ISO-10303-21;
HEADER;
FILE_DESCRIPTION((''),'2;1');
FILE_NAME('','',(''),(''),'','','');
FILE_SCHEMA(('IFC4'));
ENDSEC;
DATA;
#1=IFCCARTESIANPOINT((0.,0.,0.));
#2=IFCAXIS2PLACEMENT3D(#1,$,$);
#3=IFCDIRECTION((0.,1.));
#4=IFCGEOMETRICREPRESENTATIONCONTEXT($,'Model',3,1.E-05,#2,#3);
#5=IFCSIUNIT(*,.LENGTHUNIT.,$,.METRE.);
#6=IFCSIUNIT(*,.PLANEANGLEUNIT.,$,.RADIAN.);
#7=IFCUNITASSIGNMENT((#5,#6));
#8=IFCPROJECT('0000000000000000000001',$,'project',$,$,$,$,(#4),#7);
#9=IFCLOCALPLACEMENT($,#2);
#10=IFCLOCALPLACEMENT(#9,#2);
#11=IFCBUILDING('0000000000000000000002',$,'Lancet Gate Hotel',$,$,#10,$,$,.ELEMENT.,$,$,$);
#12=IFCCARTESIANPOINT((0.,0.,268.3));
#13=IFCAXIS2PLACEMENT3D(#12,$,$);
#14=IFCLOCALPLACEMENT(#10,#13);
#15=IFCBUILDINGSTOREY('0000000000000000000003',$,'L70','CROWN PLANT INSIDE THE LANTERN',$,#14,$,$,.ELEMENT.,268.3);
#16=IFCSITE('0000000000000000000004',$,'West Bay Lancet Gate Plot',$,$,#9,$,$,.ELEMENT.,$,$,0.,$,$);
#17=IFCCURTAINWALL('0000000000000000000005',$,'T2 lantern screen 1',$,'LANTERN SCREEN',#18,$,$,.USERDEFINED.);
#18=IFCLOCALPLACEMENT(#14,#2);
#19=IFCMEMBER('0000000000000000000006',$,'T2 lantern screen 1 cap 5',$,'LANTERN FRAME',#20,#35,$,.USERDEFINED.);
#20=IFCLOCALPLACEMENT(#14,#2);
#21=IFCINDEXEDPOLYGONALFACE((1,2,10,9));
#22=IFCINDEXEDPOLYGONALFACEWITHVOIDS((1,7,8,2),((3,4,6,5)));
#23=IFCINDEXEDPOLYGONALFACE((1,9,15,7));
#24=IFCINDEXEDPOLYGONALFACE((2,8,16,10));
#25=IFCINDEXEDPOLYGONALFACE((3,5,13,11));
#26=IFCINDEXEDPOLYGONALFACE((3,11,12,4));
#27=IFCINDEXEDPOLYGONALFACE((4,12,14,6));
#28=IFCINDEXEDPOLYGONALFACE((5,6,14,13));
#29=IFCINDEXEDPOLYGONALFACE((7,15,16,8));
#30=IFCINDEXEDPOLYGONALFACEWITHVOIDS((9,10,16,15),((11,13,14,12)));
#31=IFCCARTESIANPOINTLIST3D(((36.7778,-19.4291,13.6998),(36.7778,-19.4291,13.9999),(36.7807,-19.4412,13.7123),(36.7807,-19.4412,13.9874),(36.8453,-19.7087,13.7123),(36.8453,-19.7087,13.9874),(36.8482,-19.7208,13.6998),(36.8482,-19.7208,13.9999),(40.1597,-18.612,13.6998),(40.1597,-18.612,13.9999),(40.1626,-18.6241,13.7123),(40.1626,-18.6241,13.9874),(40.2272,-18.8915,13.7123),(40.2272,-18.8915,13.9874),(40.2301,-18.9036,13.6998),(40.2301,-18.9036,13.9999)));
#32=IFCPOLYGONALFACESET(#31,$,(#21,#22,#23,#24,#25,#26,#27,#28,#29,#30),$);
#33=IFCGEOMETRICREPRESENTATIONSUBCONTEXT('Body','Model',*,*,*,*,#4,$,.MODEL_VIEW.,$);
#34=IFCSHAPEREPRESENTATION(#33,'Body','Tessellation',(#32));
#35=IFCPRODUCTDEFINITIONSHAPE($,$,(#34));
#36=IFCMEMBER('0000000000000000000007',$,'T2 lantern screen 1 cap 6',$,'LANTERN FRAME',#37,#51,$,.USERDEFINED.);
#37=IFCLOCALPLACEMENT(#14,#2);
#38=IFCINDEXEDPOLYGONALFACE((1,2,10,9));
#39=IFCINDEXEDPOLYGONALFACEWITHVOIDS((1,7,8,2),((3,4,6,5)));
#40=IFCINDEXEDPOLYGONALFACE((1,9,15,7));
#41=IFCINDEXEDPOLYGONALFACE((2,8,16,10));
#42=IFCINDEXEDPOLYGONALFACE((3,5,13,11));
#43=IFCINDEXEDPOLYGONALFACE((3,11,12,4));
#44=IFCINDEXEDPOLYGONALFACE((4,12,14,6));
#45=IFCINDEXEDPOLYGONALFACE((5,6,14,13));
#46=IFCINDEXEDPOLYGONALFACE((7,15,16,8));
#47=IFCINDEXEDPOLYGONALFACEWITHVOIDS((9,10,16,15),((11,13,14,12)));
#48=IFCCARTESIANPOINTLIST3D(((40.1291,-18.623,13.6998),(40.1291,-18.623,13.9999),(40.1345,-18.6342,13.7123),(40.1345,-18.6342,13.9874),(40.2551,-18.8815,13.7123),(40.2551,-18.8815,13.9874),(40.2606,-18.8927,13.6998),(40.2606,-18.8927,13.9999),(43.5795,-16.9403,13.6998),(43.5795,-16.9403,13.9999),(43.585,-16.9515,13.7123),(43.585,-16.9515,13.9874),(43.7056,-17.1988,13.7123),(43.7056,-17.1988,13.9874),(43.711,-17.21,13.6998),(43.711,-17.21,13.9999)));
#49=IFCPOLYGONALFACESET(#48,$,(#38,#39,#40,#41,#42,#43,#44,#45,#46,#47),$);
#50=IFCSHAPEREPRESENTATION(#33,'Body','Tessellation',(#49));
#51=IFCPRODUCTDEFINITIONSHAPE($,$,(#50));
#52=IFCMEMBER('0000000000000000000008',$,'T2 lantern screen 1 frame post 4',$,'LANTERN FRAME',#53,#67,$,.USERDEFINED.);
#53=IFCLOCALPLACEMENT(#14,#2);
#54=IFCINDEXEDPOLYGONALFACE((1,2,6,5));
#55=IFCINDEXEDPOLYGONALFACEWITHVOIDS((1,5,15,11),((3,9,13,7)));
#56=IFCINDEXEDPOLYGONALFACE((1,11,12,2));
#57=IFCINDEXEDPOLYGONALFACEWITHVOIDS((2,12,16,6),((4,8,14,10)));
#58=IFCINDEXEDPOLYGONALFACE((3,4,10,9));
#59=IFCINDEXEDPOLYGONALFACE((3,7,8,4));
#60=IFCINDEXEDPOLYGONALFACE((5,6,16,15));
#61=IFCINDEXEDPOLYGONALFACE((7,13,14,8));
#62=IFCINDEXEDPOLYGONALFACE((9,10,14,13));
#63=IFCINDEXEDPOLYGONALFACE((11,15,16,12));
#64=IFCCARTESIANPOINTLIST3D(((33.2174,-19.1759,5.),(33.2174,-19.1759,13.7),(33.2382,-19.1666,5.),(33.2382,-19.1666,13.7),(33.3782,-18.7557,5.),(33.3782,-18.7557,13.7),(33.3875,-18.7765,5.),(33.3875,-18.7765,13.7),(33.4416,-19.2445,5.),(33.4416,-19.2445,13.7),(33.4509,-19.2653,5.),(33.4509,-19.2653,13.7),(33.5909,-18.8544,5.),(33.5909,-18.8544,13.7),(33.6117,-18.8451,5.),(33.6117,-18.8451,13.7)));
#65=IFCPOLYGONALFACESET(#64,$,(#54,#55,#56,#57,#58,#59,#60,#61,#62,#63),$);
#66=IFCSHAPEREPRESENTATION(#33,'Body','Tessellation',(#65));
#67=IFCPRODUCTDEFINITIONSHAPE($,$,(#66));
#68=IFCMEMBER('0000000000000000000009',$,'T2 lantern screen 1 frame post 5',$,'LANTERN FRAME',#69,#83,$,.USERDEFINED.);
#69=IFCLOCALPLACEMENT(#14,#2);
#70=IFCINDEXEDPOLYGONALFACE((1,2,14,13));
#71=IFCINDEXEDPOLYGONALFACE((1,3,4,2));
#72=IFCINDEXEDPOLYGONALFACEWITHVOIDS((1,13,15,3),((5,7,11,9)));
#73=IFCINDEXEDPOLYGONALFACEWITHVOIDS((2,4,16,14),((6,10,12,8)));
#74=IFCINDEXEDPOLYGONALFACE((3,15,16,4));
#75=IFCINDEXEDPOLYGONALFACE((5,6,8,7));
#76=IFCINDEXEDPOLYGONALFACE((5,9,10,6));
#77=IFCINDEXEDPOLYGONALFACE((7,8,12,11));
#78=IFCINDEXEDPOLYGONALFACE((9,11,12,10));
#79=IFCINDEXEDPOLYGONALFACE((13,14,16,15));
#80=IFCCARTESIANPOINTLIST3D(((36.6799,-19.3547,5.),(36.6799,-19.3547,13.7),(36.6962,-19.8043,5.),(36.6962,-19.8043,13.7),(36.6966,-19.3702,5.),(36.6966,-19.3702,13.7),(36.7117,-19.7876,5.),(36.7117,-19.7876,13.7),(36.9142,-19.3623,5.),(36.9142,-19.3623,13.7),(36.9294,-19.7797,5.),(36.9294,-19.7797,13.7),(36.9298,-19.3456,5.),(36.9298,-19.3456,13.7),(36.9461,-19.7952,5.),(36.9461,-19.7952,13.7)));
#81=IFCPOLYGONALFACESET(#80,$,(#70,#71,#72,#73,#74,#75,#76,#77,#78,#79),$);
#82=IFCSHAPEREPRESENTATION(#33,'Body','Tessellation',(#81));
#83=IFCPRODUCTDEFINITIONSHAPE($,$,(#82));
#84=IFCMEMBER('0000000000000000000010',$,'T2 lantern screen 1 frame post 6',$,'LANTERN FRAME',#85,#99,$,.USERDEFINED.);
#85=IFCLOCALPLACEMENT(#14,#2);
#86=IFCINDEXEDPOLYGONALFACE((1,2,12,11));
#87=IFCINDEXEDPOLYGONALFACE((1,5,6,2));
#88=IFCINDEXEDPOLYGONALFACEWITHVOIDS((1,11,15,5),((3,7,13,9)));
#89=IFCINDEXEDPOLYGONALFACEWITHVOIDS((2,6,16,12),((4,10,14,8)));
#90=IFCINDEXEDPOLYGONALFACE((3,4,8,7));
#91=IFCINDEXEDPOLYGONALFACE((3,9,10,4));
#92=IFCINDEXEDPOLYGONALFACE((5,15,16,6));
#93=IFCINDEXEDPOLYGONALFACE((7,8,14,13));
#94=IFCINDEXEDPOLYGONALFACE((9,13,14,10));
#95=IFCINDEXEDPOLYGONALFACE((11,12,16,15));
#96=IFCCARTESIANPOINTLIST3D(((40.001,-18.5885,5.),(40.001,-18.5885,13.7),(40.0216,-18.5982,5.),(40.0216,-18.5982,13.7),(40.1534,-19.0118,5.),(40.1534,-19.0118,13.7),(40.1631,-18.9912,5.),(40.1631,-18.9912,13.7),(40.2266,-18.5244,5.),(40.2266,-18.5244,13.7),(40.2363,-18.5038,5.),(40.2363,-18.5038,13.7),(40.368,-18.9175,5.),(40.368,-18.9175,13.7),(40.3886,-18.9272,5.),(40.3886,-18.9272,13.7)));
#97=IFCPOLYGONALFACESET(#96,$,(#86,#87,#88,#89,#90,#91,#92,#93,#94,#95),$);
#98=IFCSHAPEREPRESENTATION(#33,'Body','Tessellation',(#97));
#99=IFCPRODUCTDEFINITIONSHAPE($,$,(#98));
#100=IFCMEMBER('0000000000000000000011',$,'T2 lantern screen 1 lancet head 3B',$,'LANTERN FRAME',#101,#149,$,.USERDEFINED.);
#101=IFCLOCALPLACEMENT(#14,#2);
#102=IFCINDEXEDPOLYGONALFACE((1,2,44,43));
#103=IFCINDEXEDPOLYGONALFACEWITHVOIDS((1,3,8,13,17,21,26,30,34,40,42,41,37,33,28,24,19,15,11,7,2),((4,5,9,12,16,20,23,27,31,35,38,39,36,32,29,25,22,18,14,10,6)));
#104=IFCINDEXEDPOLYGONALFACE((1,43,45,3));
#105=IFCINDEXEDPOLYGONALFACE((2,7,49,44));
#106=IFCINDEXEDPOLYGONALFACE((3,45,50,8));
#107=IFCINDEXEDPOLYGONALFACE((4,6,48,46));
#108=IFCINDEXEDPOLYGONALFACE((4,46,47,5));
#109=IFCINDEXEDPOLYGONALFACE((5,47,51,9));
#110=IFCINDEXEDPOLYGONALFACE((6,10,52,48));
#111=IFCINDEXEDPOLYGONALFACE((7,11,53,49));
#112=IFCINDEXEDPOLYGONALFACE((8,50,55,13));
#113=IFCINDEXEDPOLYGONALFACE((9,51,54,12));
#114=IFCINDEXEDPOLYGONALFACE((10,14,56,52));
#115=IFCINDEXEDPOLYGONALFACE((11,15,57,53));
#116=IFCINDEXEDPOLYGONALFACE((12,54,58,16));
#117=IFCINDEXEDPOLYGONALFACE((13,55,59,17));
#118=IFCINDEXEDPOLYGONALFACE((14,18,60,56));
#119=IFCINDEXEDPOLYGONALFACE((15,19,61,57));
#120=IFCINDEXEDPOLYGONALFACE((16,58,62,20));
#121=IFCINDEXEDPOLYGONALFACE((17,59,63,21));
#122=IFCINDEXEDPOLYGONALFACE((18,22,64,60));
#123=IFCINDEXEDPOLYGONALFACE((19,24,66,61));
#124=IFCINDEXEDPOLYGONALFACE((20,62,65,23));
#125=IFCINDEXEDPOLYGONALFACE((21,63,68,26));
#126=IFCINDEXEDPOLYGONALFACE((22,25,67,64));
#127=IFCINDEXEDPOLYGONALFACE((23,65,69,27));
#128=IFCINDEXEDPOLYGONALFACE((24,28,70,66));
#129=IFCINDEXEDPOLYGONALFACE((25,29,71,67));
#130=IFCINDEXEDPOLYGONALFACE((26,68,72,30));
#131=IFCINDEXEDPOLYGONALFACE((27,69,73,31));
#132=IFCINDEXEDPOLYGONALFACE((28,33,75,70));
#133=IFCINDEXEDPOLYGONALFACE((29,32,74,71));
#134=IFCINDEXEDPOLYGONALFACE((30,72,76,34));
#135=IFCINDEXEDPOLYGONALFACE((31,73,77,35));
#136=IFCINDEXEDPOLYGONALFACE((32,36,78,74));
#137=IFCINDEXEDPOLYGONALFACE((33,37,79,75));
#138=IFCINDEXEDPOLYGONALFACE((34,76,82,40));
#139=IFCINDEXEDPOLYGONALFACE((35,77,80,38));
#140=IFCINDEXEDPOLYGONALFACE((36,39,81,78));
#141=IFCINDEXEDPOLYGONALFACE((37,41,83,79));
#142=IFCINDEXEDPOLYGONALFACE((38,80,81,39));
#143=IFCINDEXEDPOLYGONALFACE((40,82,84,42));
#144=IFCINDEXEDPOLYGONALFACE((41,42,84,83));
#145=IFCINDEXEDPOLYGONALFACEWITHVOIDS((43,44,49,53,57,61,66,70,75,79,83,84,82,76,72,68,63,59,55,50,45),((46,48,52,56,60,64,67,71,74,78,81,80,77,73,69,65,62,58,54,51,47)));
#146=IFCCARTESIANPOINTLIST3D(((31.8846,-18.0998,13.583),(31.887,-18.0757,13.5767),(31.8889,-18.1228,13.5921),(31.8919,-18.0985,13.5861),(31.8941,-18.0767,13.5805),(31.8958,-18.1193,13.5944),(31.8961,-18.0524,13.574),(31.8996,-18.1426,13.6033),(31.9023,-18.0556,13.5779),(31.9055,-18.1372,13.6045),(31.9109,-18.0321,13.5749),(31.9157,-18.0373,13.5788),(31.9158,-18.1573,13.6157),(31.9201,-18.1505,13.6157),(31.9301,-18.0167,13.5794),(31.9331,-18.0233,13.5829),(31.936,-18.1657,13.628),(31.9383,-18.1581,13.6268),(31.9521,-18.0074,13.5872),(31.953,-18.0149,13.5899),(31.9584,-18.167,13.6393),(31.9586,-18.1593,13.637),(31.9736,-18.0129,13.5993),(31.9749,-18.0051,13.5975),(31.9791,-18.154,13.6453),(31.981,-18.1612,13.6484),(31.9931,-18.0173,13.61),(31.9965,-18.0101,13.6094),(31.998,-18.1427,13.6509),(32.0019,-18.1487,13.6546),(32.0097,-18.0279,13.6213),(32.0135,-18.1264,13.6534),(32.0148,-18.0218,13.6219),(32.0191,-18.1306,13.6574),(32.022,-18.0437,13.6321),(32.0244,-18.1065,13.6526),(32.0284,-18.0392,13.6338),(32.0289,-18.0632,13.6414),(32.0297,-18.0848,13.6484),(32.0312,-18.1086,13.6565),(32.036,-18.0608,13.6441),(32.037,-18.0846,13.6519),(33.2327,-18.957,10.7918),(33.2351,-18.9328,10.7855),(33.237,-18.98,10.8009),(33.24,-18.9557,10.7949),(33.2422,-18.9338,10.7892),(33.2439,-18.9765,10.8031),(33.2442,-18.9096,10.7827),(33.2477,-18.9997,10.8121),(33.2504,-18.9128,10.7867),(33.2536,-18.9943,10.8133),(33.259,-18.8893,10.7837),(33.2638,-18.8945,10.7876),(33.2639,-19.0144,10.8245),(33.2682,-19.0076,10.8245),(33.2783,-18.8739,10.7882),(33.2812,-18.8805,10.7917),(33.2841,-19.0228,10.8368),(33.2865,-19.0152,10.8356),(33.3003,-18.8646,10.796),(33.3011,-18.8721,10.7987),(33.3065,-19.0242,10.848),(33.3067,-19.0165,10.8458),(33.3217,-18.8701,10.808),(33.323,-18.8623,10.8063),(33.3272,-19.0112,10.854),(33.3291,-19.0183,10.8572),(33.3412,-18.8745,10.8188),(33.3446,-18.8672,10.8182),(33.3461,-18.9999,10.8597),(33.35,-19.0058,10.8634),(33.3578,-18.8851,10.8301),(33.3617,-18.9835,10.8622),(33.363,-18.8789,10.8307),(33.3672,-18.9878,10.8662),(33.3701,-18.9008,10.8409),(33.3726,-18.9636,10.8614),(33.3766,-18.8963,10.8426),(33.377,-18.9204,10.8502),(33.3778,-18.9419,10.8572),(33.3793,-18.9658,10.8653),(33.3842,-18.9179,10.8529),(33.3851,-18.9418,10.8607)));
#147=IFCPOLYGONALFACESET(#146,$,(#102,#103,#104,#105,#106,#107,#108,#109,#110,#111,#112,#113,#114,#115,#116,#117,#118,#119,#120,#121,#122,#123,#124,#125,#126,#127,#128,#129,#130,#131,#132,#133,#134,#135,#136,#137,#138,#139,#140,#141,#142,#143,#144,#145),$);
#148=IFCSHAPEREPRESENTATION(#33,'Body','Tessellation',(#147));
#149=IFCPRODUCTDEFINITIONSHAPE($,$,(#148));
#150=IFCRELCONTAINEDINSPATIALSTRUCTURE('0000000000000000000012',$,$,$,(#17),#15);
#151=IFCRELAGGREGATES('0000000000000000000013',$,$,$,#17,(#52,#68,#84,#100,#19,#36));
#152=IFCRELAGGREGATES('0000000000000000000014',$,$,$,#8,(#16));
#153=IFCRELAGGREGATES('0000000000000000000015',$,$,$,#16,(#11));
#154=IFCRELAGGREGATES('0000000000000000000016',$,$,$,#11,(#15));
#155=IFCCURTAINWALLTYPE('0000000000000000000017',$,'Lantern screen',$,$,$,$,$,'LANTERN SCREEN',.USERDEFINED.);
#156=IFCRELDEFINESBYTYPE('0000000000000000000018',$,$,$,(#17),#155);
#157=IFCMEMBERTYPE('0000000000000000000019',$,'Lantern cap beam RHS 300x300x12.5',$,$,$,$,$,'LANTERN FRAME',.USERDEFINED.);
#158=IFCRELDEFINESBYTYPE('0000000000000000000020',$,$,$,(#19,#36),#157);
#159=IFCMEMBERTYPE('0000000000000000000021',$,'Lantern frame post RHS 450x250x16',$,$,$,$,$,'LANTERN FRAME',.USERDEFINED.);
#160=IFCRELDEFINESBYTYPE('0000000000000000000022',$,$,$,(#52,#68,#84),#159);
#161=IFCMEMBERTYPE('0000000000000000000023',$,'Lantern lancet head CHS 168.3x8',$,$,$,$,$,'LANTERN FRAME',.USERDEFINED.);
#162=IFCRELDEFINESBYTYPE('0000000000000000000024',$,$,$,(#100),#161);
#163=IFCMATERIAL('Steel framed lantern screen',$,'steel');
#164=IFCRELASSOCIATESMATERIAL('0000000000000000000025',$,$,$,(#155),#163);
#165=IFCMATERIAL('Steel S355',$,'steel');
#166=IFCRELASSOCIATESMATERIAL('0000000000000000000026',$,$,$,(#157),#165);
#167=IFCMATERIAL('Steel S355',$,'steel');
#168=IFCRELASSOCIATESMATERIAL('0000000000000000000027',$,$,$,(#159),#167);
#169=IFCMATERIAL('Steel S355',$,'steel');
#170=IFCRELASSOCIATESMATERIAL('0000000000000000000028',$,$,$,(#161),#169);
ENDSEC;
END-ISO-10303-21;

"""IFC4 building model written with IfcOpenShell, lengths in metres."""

from ifc_helpers import new_model, si_unit, direction, frame, origin, origin_2d, place, context, subcontext, project, spatial, hollow_rectangle, hollow_circle, extrude, material, material_profile, profile_set, type_object, element, aggregate, save


model = new_model("IFC4")

# Units and contexts
model_context = context("Model", 3, precision=1e-05, world=origin(), true_north=direction((0.0, 1.0)))
body_context = subcontext(model_context, "Body", "Model", "MODEL_VIEW")
ifc_project = project(units=[si_unit("LENGTHUNIT", "METRE"), si_unit("PLANEANGLEUNIT", "RADIAN")], contexts=[model_context])

# Site, building, storey
site_placement = place(None, origin())
site = spatial("IfcSite", under=ifc_project, at=site_placement, Name="West Bay Lancet Gate Plot", CompositionType="ELEMENT", RefElevation=0.0)
building_placement = place(site_placement, origin())
building = spatial("IfcBuilding", under=site, at=building_placement, Name="Lancet Gate Hotel", CompositionType="ELEMENT")
storey_placement = place(building_placement, frame((0.0, 0.0, 268.3)))
storey = spatial("IfcBuildingStorey", under=building, at=storey_placement, Name="L70", Description="CROWN PLANT INSIDE THE LANTERN", CompositionType="ELEMENT", Elevation=268.3)

# Curtain wall, members
ifc_material_1 = material(Name="Steel framed lantern screen", Category="steel")
curtain_wall_type_1 = type_object("IfcCurtainWallType", Name="Lantern screen", ElementType="LANTERN SCREEN", PredefinedType="USERDEFINED", material=ifc_material_1)
curtain_wall_1_placement = place(storey_placement, origin())
curtain_wall_1 = element("IfcCurtainWall", 1, at=curtain_wall_1_placement, inside=storey, type_object=curtain_wall_type_1, Name="T2 lantern screen 1", ObjectType="LANTERN SCREEN", PredefinedType="USERDEFINED")
ifc_material_2 = material(Name="Steel S355", Category="steel")
ifc_material_profile_1 = material_profile(ifc_material_2, hollow_rectangle(XDim=0.3, YDim=0.3, WallThickness=0.0125, at=origin_2d()), Name="RHS 300x300x12.5")
ifc_profile_set_1 = profile_set([ifc_material_profile_1], Name="Steel S355")
member_type_1 = type_object("IfcMemberType", Name="Lantern cap beam RHS 300x300x12.5", ElementType="LANTERN FRAME", PredefinedType="USERDEFINED", material=ifc_profile_set_1)
member_1_placement = place(storey_placement, frame((36.813, -19.575, 13.8499), z_axis=(0.972028, 0.234867, 0.0), x_axis=(-0.234867, 0.972028, 0.0)))
member_1 = element("IfcMember", 2, at=member_1_placement, type_object=member_type_1, Name="T2 lantern screen 1 cap 5", ObjectType="LANTERN FRAME", PredefinedType="USERDEFINED", context=body_context, shape_type="SweptSolid", body=[
    extrude(hollow_rectangle(XDim=0.3, YDim=0.3, WallThickness=0.0125, at=origin_2d()), origin(), (0.0, 0.0, 1.0), 3.4792),
])
member_2_placement = place(storey_placement, frame((40.1948, -18.7578, 13.8499), z_axis=(0.898822, 0.438313, 0.0), x_axis=(-0.438313, 0.898822, 0.0)))
member_2 = element("IfcMember", 3, at=member_2_placement, type_object=member_type_1, Name="T2 lantern screen 1 cap 6", ObjectType="LANTERN FRAME", PredefinedType="USERDEFINED", context=body_context, shape_type="SweptSolid", body=[
    extrude(hollow_rectangle(XDim=0.3, YDim=0.3, WallThickness=0.0125, at=origin_2d()), origin(), (0.0, 0.0, 1.0), 3.8389),
])
ifc_material_3 = material(Name="Steel S355", Category="steel")
ifc_material_profile_2 = material_profile(ifc_material_3, hollow_rectangle(XDim=0.25, YDim=0.45, WallThickness=0.0161, at=origin_2d()), Name="RHS 450x250x16")
ifc_profile_set_2 = profile_set([ifc_material_profile_2], Name="Steel S355")
member_type_2 = type_object("IfcMemberType", Name="Lantern frame post RHS 450x250x16", ElementType="LANTERN FRAME", PredefinedType="USERDEFINED", material=ifc_profile_set_2)
member_3_placement = place(storey_placement, frame((33.4146, -19.0105, 5.0), z_axis=(0.0, 0.0, 1.0), x_axis=(0.933943, -0.357421, 0.0)))
member_3 = element("IfcMember", 4, at=member_3_placement, type_object=member_type_2, Name="T2 lantern screen 1 frame post 4", ObjectType="LANTERN FRAME", PredefinedType="USERDEFINED", context=body_context, shape_type="SweptSolid", body=[
    extrude(hollow_rectangle(XDim=0.25, YDim=0.45, WallThickness=0.0161, at=origin_2d()), origin(), (0.0, 0.0, 1.0), 8.7),
])
member_4_placement = place(storey_placement, frame((36.813, -19.575, 5.0), z_axis=(0.0, 0.0, 1.0), x_axis=(0.999343, 0.03625, 0.0)))
member_4 = element("IfcMember", 5, at=member_4_placement, type_object=member_type_2, Name="T2 lantern screen 1 frame post 5", ObjectType="LANTERN FRAME", PredefinedType="USERDEFINED", context=body_context, shape_type="SweptSolid", body=[
    extrude(hollow_rectangle(XDim=0.25, YDim=0.45, WallThickness=0.0161, at=origin_2d()), origin(), (0.0, 0.0, 1.0), 8.7),
])
member_5_placement = place(storey_placement, frame((40.1948, -18.7578, 5.0), z_axis=(0.0, 0.0, 1.0), x_axis=(0.94093, 0.338601, 0.0)))
member_5 = element("IfcMember", 6, at=member_5_placement, type_object=member_type_2, Name="T2 lantern screen 1 frame post 6", ObjectType="LANTERN FRAME", PredefinedType="USERDEFINED", context=body_context, shape_type="SweptSolid", body=[
    extrude(hollow_rectangle(XDim=0.25, YDim=0.45, WallThickness=0.0161, at=origin_2d()), origin(), (0.0, 0.0, 1.0), 8.7),
])
ifc_material_4 = material(Name="Steel S355", Category="steel")
ifc_material_profile_3 = material_profile(ifc_material_4, hollow_circle(Radius=0.0842, WallThickness=0.0081, at=origin_2d()), Name="CHS 168.3x8.0")
ifc_profile_set_3 = profile_set([ifc_material_profile_3], Name="Steel S355")
member_type_3 = type_object("IfcMemberType", Name="Lantern lancet head CHS 168.3x8", ElementType="LANTERN FRAME", PredefinedType="USERDEFINED", material=ifc_profile_set_3)
member_6_placement = place(storey_placement, frame((33.3091, -18.9434, 10.8245), z_axis=(-0.419185, 0.266526, 0.867899), x_axis=(-0.536549, -0.843869, 0.0)))
member_6 = element("IfcMember", 7, at=member_6_placement, type_object=member_type_3, Name="T2 lantern screen 1 lancet head 3B", ObjectType="LANTERN FRAME", PredefinedType="USERDEFINED", context=body_context, shape_type="SweptSolid", body=[
    extrude(hollow_circle(Radius=0.0842, WallThickness=0.0081, at=origin_2d()), origin(), (0.0, 0.0, 1.0), 3.2161),
])

aggregate(curtain_wall_1, [member_3, member_4, member_5, member_6, member_1, member_2])

save(model, "model.ifc")
